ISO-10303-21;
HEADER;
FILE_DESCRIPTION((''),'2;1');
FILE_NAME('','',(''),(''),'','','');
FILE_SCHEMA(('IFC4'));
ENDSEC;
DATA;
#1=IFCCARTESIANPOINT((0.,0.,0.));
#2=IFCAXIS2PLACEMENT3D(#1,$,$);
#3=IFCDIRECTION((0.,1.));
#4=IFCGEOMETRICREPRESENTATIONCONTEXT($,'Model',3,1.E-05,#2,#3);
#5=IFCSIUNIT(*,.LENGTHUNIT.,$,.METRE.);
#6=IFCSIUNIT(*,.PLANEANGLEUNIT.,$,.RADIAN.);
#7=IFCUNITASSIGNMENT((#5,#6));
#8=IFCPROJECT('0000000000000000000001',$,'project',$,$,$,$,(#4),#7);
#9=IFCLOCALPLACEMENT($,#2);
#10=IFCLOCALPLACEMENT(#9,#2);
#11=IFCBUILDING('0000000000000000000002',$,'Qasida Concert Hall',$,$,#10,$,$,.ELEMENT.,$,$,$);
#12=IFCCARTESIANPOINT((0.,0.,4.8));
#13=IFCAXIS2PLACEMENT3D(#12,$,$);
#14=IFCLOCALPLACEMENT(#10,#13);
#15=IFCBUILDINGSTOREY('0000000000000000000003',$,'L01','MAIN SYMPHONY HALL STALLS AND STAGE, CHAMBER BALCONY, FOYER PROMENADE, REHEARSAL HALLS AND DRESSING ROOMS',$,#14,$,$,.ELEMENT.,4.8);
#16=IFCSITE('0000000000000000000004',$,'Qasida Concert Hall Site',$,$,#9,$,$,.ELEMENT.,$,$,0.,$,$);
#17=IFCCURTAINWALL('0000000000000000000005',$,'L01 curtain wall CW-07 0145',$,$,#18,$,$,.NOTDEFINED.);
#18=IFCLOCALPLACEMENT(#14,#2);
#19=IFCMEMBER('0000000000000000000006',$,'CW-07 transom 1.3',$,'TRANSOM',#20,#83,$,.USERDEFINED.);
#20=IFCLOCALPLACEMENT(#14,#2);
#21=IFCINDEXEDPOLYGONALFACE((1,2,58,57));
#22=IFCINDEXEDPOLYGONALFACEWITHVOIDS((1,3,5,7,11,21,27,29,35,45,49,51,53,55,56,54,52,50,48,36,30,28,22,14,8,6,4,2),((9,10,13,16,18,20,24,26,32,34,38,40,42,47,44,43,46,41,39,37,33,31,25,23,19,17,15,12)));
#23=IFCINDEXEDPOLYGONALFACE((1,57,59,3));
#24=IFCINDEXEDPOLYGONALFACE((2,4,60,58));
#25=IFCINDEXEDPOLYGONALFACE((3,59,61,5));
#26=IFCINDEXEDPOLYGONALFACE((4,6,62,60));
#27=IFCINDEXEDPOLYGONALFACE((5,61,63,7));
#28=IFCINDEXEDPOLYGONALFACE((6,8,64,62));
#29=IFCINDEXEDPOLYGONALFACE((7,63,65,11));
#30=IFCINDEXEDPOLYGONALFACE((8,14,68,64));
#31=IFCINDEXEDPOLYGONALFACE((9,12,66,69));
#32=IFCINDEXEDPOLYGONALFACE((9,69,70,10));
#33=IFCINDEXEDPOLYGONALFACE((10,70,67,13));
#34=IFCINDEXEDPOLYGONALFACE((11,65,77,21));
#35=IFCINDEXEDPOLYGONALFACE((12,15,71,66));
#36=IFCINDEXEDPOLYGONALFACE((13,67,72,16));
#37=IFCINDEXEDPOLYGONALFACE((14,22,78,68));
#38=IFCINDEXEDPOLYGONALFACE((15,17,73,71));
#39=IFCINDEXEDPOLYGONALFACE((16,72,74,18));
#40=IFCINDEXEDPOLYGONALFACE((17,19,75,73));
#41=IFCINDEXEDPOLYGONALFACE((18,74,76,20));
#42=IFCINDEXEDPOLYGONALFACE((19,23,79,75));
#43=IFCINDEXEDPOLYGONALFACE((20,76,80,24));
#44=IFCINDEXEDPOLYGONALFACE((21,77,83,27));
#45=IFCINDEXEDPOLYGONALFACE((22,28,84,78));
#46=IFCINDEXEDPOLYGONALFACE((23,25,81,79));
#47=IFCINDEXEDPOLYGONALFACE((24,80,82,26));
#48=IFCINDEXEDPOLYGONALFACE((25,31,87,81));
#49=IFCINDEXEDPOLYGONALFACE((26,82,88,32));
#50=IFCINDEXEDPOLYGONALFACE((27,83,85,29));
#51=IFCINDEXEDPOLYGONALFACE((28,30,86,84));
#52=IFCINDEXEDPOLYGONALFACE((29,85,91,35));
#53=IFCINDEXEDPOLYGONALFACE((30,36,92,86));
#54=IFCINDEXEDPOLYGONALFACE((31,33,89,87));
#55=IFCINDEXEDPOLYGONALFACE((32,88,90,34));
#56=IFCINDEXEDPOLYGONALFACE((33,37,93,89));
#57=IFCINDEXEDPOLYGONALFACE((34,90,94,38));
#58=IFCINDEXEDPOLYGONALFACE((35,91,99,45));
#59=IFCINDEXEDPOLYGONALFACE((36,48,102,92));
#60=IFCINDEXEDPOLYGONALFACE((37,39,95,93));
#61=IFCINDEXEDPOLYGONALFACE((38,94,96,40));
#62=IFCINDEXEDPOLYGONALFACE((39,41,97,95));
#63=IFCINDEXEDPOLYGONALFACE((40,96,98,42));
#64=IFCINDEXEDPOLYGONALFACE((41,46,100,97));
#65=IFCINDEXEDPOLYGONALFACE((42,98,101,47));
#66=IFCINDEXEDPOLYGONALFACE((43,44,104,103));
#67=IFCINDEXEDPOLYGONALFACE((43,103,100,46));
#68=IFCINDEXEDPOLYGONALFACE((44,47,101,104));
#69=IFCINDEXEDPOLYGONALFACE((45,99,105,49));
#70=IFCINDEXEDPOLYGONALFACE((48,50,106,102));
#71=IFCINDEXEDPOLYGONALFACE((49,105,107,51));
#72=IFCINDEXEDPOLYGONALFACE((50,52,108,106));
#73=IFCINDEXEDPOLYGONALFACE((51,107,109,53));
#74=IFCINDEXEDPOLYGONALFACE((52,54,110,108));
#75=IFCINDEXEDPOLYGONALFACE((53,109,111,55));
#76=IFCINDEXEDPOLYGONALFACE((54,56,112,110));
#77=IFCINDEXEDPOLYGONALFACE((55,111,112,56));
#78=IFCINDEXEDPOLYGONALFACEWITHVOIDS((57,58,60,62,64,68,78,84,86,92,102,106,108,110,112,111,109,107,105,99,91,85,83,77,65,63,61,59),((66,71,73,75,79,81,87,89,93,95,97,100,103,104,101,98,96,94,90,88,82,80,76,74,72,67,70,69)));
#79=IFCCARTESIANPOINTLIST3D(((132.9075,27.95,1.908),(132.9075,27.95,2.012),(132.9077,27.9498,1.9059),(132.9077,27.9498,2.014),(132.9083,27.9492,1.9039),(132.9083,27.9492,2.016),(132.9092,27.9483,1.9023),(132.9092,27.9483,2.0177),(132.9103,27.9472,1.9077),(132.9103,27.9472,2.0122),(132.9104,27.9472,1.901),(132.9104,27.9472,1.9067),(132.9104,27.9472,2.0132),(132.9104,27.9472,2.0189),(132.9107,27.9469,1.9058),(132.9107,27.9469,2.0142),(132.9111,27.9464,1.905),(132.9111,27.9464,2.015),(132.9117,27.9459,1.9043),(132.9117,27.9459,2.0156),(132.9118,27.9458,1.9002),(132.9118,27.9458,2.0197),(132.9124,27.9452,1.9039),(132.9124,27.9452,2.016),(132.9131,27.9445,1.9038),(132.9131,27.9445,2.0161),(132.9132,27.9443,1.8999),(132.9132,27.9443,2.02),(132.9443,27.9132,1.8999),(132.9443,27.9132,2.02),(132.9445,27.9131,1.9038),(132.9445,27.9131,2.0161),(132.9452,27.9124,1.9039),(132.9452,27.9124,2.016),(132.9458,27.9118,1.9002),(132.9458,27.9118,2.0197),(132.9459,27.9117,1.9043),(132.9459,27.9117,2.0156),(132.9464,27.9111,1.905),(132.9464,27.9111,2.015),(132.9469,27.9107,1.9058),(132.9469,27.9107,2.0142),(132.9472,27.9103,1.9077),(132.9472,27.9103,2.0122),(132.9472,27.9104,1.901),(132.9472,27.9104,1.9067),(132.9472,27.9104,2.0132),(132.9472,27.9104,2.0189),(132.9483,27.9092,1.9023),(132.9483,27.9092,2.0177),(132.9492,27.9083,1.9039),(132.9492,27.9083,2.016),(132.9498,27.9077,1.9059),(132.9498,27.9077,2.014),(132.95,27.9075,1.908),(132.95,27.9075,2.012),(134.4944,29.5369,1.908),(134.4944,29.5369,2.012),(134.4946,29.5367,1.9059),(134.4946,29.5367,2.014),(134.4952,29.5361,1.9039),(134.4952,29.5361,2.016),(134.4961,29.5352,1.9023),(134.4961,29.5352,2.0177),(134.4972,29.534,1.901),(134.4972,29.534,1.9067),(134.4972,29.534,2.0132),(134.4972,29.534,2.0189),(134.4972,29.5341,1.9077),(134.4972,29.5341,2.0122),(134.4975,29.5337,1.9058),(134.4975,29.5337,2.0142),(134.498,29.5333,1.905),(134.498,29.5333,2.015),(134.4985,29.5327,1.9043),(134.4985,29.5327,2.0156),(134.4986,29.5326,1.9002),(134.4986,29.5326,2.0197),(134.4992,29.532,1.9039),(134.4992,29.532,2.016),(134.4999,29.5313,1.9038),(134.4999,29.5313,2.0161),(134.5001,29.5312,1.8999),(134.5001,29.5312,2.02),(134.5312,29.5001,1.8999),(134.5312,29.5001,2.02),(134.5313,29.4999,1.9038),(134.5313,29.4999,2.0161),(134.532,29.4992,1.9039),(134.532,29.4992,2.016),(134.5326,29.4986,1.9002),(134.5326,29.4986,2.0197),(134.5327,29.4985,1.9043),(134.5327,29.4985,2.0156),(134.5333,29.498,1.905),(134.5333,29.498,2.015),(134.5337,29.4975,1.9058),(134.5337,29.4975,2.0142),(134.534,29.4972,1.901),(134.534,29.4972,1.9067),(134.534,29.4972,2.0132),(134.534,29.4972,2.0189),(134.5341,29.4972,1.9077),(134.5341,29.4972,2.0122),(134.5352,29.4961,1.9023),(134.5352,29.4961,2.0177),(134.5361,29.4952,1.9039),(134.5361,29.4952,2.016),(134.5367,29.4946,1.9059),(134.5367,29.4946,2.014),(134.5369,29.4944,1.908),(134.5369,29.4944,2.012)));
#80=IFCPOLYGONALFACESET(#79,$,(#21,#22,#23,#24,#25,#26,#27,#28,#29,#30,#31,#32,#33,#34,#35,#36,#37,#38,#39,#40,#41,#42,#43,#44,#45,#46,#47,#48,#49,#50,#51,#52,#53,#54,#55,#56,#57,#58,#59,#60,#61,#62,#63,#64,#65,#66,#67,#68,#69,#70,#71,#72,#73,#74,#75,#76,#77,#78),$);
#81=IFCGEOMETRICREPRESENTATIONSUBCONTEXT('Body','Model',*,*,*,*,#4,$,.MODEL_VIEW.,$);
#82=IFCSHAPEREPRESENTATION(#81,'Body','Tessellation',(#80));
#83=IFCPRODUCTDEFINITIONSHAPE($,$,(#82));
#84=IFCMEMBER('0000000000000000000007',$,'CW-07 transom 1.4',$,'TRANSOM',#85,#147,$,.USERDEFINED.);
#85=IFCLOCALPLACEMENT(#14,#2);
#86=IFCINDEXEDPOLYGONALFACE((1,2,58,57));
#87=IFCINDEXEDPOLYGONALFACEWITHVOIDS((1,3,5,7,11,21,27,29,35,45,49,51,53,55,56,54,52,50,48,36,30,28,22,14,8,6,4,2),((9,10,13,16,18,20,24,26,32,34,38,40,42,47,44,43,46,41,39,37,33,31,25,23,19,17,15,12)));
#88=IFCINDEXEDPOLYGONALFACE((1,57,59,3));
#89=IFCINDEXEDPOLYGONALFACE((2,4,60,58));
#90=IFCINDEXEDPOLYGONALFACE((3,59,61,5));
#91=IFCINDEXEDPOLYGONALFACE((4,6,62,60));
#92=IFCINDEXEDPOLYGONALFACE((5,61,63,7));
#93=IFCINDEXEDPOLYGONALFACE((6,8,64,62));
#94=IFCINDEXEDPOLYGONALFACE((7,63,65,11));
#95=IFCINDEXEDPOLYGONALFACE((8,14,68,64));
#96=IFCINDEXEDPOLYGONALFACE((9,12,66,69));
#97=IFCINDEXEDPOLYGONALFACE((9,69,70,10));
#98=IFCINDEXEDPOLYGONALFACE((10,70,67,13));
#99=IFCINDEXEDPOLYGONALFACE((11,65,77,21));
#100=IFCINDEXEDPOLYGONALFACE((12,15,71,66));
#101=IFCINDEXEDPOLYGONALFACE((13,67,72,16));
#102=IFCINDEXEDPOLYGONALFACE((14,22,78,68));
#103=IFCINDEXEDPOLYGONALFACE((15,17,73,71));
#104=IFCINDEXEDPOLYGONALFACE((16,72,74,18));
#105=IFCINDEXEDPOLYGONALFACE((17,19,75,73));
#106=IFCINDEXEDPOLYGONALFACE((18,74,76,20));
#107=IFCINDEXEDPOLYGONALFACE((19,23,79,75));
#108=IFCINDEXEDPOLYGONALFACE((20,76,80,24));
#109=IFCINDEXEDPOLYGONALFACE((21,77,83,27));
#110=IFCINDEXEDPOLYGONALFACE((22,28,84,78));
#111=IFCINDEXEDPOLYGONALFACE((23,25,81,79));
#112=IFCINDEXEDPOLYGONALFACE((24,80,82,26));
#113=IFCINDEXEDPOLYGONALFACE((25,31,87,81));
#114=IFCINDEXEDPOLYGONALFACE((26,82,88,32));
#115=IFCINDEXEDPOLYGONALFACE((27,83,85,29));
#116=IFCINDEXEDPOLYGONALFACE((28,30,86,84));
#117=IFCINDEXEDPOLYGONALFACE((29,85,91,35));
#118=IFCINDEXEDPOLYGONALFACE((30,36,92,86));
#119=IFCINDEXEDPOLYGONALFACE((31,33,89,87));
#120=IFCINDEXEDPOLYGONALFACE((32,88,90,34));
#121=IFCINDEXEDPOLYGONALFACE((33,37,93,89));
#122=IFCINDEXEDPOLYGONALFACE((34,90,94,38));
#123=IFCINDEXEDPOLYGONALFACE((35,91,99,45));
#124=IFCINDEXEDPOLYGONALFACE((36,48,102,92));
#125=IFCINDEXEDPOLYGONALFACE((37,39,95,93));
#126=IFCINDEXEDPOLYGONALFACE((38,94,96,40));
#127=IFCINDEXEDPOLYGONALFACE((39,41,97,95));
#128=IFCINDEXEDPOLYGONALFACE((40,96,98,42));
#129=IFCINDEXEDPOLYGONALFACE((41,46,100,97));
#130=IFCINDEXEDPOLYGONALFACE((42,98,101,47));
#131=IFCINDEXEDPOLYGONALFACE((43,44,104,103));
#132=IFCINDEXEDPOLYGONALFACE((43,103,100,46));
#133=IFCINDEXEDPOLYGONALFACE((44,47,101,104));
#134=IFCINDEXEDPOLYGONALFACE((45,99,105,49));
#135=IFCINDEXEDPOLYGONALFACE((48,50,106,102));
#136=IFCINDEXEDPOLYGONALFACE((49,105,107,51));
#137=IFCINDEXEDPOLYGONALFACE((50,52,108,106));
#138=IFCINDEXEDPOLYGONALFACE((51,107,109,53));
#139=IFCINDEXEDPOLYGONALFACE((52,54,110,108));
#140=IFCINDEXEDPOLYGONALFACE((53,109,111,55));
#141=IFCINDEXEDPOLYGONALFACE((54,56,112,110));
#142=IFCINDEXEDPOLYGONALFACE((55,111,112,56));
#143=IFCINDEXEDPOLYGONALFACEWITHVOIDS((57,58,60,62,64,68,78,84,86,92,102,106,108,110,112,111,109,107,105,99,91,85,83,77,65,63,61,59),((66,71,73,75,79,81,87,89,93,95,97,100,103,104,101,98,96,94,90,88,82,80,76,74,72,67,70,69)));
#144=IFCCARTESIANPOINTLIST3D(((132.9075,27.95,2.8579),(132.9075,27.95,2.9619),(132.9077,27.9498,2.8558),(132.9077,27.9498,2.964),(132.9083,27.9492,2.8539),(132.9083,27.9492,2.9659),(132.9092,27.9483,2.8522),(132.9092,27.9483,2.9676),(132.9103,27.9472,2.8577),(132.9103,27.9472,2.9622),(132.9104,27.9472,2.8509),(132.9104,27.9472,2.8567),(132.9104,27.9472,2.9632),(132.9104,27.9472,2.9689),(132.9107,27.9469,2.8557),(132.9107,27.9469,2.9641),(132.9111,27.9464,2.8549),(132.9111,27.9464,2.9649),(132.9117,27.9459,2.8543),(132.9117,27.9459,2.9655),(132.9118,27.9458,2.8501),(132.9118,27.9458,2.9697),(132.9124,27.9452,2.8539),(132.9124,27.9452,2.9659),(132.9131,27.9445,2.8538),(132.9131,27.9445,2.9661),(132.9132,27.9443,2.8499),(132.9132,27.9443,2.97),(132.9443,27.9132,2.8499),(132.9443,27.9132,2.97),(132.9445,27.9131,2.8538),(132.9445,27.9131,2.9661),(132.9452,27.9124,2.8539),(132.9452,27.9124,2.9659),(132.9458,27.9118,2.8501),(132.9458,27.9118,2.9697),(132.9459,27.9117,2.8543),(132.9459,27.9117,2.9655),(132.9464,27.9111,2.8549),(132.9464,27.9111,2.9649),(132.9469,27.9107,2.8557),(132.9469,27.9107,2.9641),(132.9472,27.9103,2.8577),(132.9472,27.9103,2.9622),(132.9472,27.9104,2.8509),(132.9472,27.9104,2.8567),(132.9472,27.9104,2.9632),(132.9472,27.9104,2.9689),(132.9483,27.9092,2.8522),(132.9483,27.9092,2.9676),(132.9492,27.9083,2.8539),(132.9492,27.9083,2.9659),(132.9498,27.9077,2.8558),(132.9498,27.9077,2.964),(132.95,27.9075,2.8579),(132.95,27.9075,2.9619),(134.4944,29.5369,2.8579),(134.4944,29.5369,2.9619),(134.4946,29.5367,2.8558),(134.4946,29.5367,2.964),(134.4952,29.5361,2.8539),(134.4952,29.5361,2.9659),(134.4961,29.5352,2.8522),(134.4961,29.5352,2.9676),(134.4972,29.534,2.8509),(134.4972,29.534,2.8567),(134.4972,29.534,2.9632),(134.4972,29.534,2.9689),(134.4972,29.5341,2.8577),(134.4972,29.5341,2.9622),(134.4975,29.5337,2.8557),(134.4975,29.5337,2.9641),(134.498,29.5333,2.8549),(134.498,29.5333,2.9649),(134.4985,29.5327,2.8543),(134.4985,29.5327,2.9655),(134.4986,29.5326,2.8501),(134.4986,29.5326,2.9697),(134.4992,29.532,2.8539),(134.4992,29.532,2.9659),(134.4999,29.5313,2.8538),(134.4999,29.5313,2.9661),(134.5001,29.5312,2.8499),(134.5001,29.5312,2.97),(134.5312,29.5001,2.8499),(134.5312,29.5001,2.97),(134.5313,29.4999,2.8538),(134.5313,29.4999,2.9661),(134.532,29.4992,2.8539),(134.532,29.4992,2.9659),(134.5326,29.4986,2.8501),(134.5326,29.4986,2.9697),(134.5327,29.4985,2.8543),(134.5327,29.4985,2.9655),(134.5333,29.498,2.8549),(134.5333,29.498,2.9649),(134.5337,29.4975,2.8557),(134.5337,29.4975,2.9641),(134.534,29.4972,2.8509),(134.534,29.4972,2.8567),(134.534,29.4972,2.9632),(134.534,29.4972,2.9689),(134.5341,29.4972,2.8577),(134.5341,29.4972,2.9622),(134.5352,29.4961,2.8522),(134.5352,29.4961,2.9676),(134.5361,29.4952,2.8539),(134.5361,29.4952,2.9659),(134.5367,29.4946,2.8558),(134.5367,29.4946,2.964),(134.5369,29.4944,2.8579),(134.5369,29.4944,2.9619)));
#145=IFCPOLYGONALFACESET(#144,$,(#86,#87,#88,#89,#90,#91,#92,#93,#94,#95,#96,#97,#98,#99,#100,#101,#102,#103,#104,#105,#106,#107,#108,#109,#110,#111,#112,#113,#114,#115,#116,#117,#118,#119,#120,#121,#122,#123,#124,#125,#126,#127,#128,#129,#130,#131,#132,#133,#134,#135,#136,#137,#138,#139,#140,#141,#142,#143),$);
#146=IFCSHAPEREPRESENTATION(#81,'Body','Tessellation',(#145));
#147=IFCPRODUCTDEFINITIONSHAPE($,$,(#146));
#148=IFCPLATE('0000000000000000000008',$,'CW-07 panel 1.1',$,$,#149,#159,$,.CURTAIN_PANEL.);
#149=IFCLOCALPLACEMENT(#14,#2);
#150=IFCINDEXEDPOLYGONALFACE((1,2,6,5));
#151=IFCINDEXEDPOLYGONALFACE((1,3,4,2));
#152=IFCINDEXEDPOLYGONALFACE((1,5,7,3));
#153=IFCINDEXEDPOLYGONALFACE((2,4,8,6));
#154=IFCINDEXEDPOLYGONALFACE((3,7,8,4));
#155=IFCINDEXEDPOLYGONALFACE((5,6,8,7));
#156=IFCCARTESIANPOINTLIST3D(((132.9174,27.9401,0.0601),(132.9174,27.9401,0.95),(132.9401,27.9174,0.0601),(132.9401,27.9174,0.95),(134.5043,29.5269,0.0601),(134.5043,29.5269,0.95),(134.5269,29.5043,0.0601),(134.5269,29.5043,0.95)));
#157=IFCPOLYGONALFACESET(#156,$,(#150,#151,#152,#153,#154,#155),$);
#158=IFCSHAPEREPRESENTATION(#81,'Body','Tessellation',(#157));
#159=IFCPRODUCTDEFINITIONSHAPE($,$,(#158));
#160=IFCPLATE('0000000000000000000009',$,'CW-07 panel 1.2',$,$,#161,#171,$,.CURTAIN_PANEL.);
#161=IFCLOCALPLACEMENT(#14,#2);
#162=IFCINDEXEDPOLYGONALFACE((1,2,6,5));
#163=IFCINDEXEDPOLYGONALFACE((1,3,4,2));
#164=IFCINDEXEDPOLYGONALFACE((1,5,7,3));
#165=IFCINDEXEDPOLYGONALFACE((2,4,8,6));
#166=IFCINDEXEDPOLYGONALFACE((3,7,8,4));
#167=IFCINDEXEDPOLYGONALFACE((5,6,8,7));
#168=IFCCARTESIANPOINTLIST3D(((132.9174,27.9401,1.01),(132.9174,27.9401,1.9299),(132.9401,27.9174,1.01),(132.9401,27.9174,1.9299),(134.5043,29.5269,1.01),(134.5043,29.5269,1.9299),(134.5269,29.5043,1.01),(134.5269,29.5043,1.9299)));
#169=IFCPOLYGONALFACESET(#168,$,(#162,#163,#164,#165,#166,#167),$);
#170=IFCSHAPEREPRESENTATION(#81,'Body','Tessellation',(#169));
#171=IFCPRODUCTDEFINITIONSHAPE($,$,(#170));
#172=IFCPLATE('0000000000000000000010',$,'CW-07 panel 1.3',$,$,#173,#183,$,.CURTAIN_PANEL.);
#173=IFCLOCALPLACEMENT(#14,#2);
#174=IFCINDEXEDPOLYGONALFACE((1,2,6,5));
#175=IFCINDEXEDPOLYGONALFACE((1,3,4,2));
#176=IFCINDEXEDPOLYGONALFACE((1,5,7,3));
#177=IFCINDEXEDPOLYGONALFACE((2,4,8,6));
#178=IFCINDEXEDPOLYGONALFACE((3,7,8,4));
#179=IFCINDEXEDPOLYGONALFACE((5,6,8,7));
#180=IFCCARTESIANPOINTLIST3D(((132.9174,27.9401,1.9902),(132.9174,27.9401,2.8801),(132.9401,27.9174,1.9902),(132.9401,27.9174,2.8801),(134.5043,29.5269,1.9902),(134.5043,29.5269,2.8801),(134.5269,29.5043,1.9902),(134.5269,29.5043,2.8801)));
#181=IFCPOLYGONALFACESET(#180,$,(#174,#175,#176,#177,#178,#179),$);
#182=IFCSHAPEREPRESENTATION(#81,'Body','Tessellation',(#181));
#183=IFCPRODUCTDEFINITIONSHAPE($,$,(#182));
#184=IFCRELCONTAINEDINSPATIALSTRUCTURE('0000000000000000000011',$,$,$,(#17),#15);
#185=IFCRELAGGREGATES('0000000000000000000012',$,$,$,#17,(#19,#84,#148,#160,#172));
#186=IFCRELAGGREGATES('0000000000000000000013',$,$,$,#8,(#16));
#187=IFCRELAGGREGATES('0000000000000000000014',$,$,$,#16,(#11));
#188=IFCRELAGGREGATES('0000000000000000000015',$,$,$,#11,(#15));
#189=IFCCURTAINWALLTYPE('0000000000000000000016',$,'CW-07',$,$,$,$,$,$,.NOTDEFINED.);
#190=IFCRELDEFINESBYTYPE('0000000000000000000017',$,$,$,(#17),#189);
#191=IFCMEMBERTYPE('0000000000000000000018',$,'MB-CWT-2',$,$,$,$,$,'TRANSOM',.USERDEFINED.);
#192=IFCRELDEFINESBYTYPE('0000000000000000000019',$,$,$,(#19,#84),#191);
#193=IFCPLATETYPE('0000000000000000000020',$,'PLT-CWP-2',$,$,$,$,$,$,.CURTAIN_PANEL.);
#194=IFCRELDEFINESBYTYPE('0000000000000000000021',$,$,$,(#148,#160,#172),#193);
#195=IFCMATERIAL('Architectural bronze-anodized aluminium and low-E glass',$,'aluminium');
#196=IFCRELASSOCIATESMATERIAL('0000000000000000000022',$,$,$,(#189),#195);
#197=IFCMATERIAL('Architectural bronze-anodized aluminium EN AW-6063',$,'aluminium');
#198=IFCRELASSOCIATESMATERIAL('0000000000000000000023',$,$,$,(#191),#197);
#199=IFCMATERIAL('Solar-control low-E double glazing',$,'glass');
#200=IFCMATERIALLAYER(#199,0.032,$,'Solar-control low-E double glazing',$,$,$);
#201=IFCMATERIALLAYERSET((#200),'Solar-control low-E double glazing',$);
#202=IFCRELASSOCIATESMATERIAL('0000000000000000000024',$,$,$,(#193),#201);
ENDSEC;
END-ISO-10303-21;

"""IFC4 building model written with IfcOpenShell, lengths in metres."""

from ifc_helpers import new_model, si_unit, direction, frame, origin, origin_2d, place, context, subcontext, project, spatial, rectangle, hollow_rectangle, extrude, material, layer, layer_set, material_profile, profile_set, type_object, element, aggregate, save


model = new_model("IFC4")

# Units and contexts
model_context = context("Model", 3, precision=1e-05, world=origin(), true_north=direction((0.0, 1.0)))
body_context = subcontext(model_context, "Body", "Model", "MODEL_VIEW")
ifc_project = project(units=[si_unit("LENGTHUNIT", "METRE"), si_unit("PLANEANGLEUNIT", "RADIAN")], contexts=[model_context])

# Site, building, storey
site_placement = place(None, origin())
site = spatial("IfcSite", under=ifc_project, at=site_placement, Name="Qasida Concert Hall Site", CompositionType="ELEMENT", RefElevation=0.0)
building_placement = place(site_placement, origin())
building = spatial("IfcBuilding", under=site, at=building_placement, Name="Qasida Concert Hall", CompositionType="ELEMENT")
storey_placement = place(building_placement, frame((0.0, 0.0, 4.8)))
storey = spatial("IfcBuildingStorey", under=building, at=storey_placement, Name="L01", Description="MAIN SYMPHONY HALL STALLS AND STAGE, CHAMBER BALCONY, FOYER PROMENADE, REHEARSAL HALLS AND DRESSING ROOMS", CompositionType="ELEMENT", Elevation=4.8)

# Curtain wall, members, plates
ifc_material_1 = material(Name="Architectural bronze-anodized aluminium and low-E glass", Category="aluminium")
curtain_wall_type = type_object("IfcCurtainWallType", Name="CW-07", PredefinedType="NOTDEFINED", material=ifc_material_1)
curtain_wall_placement = place(storey_placement, origin())
curtain_wall = element("IfcCurtainWall", 1, at=curtain_wall_placement, inside=storey, type_object=curtain_wall_type, Name="L01 curtain wall CW-07 0145", PredefinedType="NOTDEFINED")
ifc_material_2 = material(Name="Architectural bronze-anodized aluminium EN AW-6063", Category="aluminium")
ifc_material_profile_1 = material_profile(ifc_material_2, hollow_rectangle(XDim=0.0601, YDim=0.1201, WallThickness=0.0039, InnerFilletRadius=0.0039, OuterFilletRadius=0.0081, at=origin_2d()), Name="CWT 120x60x4")
ifc_profile_set_1 = profile_set([ifc_material_profile_1], Name="Architectural bronze-anodized aluminium EN AW-6063")
member_type_1 = type_object("IfcMemberType", Name="MB-CWT-2", ElementType="TRANSOM", PredefinedType="USERDEFINED", material=ifc_profile_set_1)
member_1_placement = place(storey_placement, frame((134.5156, 29.5156, 1.96), z_axis=(-0.707107, -0.707107, 0.0), x_axis=(0.707107, -0.707107, 0.0)))
member_1 = element("IfcMember", 2, at=member_1_placement, type_object=member_type_1, Name="CW-07 transom 1.3", ObjectType="TRANSOM", PredefinedType="USERDEFINED", context=body_context, shape_type="SweptSolid", body=[
    extrude(hollow_rectangle(XDim=0.0601, YDim=0.1201, WallThickness=0.0039, InnerFilletRadius=0.0039, OuterFilletRadius=0.0081, at=origin_2d()), origin(), (0.0, 0.0, 1.0), 2.2441),
])
member_2_placement = place(storey_placement, frame((134.5156, 29.5156, 2.9099), z_axis=(-0.707107, -0.707107, 0.0), x_axis=(0.707107, -0.707107, 0.0)))
member_2 = element("IfcMember", 3, at=member_2_placement, type_object=member_type_1, Name="CW-07 transom 1.4", ObjectType="TRANSOM", PredefinedType="USERDEFINED", context=body_context, shape_type="SweptSolid", body=[
    extrude(hollow_rectangle(XDim=0.0601, YDim=0.1201, WallThickness=0.0039, InnerFilletRadius=0.0039, OuterFilletRadius=0.0081, at=origin_2d()), origin(), (0.0, 0.0, 1.0), 2.2441),
])
ifc_material_3 = material(Name="Solar-control low-E double glazing", Category="glass")
ifc_layer_1 = layer(ifc_material_3, 0.032, Name="Solar-control low-E double glazing")
ifc_layer_set_1 = layer_set([ifc_layer_1], Name="Solar-control low-E double glazing")
plate_type = type_object("IfcPlateType", Name="PLT-CWP-2", PredefinedType="CURTAIN_PANEL", material=ifc_layer_set_1)
plate_1_placement = place(storey_placement, frame((133.7222, 28.7222, 0.0601), z_axis=(0.0, 0.0, 1.0), x_axis=(-0.707107, -0.707107, 0.0)))
plate_1 = element("IfcPlate", 4, at=plate_1_placement, type_object=plate_type, Name="CW-07 panel 1.1", PredefinedType="CURTAIN_PANEL", context=body_context, shape_type="SweptSolid", body=[
    extrude(rectangle(XDim=2.2441, YDim=0.032, at=origin_2d()), origin(), (0.0, 0.0, 1.0), 0.8899),
])
plate_2_placement = place(storey_placement, frame((133.7222, 28.7222, 1.01), z_axis=(0.0, 0.0, 1.0), x_axis=(-0.707107, -0.707107, 0.0)))
plate_2 = element("IfcPlate", 5, at=plate_2_placement, type_object=plate_type, Name="CW-07 panel 1.2", PredefinedType="CURTAIN_PANEL", context=body_context, shape_type="SweptSolid", body=[
    extrude(rectangle(XDim=2.2441, YDim=0.032, at=origin_2d()), origin(), (0.0, 0.0, 1.0), 0.9199),
])
plate_3_placement = place(storey_placement, frame((133.7222, 28.7222, 1.9902), z_axis=(0.0, 0.0, 1.0), x_axis=(-0.707107, -0.707107, 0.0)))
plate_3 = element("IfcPlate", 6, at=plate_3_placement, type_object=plate_type, Name="CW-07 panel 1.3", PredefinedType="CURTAIN_PANEL", context=body_context, shape_type="SweptSolid", body=[
    extrude(rectangle(XDim=2.2441, YDim=0.032, at=origin_2d()), origin(), (0.0, 0.0, 1.0), 0.8899),
])
aggregate(curtain_wall, [member_1, member_2, plate_1, plate_2, plate_3])

save(model, "model.ifc")
